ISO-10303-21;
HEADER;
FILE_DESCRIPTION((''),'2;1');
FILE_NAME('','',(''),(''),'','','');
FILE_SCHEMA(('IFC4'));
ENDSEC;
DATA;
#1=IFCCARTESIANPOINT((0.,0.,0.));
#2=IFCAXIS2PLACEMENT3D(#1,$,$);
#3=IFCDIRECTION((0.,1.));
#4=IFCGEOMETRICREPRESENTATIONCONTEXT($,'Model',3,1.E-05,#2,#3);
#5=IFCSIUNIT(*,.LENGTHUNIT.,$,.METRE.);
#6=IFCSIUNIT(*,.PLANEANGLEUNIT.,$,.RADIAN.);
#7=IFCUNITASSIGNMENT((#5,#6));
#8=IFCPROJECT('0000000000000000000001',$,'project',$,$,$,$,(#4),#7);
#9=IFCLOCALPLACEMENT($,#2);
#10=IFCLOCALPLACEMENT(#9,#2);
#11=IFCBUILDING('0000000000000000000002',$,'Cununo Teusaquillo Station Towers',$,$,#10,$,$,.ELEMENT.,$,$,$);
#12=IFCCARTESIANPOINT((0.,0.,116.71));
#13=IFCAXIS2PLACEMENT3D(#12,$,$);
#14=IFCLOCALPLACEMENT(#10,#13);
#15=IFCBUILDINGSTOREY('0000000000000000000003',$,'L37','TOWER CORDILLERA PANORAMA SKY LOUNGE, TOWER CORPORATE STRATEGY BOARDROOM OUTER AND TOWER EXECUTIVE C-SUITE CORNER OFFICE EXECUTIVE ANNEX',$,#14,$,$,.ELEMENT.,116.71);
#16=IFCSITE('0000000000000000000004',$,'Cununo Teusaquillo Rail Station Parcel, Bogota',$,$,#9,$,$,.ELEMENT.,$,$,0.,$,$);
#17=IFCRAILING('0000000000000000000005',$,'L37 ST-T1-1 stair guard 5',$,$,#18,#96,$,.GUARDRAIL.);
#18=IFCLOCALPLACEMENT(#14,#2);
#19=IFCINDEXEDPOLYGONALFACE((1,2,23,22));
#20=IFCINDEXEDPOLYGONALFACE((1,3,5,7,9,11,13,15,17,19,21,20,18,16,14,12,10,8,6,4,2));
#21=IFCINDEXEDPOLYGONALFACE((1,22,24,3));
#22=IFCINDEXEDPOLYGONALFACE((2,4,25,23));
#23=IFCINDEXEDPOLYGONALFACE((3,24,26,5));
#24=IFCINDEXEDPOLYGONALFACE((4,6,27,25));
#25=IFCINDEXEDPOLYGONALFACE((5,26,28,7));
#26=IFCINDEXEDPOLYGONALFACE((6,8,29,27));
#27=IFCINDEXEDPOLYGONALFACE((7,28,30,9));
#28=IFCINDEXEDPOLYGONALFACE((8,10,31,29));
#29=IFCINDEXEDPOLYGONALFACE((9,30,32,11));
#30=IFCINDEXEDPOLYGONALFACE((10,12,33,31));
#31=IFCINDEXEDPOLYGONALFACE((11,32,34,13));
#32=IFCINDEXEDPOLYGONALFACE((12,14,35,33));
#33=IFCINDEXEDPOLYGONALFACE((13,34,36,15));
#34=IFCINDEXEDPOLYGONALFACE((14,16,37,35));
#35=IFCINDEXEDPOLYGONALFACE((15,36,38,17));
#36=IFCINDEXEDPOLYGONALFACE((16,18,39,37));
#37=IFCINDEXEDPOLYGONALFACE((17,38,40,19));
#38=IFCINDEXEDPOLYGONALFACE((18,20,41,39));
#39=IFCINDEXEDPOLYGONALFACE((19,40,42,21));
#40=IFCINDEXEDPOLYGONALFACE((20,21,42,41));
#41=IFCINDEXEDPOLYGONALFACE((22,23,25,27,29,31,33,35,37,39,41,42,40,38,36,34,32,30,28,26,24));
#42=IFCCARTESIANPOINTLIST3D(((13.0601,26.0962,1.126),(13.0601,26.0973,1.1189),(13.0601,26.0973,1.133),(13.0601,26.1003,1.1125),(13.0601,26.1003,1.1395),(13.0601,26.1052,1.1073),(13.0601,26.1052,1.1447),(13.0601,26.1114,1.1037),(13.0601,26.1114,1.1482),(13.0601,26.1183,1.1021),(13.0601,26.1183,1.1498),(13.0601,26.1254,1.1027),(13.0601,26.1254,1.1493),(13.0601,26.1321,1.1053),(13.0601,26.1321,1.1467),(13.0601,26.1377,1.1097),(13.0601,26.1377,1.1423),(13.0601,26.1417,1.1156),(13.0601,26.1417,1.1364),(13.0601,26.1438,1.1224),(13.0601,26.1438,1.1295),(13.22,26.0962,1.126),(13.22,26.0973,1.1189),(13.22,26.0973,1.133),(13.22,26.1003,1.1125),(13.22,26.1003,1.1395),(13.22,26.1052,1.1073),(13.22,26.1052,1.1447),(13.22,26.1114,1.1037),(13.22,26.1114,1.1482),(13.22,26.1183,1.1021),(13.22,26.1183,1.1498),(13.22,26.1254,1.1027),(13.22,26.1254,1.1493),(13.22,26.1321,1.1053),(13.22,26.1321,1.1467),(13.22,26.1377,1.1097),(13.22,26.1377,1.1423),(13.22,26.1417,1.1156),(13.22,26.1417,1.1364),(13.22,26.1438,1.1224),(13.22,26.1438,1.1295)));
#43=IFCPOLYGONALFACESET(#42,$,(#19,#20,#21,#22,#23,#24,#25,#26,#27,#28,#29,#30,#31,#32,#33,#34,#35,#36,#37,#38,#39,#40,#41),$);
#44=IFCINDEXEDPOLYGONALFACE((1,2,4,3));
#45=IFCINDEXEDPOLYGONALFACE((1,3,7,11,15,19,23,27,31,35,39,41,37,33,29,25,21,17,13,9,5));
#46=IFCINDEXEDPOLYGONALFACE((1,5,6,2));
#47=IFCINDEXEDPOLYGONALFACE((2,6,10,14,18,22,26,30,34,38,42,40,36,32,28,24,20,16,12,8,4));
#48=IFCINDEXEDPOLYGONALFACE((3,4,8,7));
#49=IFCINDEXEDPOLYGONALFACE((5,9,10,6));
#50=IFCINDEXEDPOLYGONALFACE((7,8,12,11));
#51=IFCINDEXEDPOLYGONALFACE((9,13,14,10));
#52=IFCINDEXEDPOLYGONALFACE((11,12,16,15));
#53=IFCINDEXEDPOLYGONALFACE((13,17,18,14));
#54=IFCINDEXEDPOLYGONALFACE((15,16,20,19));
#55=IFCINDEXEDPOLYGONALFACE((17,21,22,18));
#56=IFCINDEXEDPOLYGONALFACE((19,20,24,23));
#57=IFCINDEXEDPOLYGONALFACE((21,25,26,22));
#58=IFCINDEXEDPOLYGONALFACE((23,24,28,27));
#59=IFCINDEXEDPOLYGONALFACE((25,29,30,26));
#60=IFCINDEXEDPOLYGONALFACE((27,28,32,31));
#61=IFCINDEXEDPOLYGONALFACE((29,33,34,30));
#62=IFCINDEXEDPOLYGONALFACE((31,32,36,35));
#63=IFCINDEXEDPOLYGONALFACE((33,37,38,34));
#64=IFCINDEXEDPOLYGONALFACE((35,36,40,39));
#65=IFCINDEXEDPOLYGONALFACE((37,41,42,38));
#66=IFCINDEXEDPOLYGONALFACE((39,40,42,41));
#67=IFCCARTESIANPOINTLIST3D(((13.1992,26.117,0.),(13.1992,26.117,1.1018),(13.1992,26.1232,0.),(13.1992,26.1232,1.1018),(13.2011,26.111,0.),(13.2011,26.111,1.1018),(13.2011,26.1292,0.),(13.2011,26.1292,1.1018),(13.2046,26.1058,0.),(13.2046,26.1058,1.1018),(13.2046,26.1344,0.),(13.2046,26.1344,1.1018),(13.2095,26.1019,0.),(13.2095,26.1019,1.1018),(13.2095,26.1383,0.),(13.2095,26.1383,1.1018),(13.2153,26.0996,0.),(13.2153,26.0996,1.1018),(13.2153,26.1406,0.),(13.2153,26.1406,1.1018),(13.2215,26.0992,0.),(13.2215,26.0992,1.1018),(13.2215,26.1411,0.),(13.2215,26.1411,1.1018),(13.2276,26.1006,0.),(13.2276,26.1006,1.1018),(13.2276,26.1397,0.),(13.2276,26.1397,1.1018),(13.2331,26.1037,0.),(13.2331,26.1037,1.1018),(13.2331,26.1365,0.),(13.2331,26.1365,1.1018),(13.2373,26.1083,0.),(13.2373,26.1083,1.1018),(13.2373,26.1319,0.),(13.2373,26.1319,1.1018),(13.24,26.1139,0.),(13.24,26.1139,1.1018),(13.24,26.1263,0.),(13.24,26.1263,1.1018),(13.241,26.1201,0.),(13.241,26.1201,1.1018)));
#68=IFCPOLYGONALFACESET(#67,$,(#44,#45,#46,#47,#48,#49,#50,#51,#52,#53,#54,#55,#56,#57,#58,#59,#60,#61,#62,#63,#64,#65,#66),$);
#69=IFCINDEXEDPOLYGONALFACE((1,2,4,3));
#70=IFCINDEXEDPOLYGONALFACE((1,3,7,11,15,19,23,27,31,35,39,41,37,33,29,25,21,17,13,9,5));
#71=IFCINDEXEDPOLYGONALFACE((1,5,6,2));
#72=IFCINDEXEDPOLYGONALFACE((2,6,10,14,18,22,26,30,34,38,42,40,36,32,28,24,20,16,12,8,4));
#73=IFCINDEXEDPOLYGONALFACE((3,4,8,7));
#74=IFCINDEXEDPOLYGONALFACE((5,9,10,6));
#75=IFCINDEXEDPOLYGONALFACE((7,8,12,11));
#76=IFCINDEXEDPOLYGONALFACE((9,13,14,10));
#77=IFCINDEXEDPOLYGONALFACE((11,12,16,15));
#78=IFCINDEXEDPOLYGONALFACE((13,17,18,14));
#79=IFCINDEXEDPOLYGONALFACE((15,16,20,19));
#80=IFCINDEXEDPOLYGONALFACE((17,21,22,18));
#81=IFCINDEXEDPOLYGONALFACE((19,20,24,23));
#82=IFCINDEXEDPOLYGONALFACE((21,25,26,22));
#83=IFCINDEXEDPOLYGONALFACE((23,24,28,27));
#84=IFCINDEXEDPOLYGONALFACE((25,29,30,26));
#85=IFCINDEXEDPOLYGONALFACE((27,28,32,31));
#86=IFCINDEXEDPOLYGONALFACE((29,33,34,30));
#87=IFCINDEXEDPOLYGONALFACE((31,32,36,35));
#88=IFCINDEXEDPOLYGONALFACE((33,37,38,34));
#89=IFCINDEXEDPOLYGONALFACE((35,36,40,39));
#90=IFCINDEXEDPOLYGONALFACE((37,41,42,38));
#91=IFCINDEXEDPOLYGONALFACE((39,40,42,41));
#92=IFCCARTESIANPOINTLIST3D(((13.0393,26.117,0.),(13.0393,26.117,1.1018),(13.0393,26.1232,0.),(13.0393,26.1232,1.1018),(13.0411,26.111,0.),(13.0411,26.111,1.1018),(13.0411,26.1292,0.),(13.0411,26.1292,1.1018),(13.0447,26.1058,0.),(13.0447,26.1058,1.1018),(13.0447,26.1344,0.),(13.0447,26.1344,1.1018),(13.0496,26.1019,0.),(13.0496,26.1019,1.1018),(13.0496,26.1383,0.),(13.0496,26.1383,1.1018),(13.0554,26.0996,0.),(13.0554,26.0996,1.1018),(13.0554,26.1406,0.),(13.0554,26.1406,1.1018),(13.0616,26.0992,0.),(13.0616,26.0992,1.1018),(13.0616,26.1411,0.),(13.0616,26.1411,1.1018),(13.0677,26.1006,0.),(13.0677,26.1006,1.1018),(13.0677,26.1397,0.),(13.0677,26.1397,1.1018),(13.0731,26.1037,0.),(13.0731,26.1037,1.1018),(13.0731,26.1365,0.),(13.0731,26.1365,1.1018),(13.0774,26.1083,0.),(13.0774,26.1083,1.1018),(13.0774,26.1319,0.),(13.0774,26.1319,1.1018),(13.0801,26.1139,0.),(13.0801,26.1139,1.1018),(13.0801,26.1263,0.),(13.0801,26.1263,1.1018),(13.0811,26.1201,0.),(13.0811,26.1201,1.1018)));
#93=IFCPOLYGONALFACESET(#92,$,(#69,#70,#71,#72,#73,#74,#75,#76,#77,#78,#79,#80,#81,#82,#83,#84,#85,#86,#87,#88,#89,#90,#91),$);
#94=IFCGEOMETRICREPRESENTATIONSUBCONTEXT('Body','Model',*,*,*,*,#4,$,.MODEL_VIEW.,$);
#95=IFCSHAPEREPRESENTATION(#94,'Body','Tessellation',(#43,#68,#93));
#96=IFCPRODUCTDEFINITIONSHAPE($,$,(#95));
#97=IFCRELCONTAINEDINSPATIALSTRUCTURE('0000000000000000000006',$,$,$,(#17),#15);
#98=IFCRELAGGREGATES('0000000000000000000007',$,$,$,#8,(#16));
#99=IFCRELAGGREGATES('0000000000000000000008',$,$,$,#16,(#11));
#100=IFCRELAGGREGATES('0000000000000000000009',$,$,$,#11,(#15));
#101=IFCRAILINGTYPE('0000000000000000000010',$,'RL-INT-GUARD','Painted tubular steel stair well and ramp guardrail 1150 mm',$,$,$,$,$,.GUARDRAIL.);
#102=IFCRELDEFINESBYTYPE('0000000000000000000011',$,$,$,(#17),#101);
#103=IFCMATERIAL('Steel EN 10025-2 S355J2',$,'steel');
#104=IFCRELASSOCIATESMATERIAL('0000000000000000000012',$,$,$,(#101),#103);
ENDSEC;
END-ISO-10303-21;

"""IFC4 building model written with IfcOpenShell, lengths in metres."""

from ifc_helpers import new_model, si_unit, direction, frame, origin, origin_2d, place, context, subcontext, project, spatial, circle, extrude, material, type_object, element, save


model = new_model("IFC4")

# Units and contexts
model_context = context("Model", 3, precision=1e-05, world=origin(), true_north=direction((0.0, 1.0)))
body_context = subcontext(model_context, "Body", "Model", "MODEL_VIEW")
ifc_project = project(units=[si_unit("LENGTHUNIT", "METRE"), si_unit("PLANEANGLEUNIT", "RADIAN")], contexts=[model_context])

# Site, building, storey
site_placement = place(None, origin())
site = spatial("IfcSite", under=ifc_project, at=site_placement, Name="Cununo Teusaquillo Rail Station Parcel, Bogota", CompositionType="ELEMENT", RefElevation=0.0)
building_placement = place(site_placement, origin())
building = spatial("IfcBuilding", under=site, at=building_placement, Name="Cununo Teusaquillo Station Towers", CompositionType="ELEMENT")
storey_placement = place(building_placement, frame((0.0, 0.0, 116.71)))
storey = spatial("IfcBuildingStorey", under=building, at=storey_placement, Name="L37", Description="TOWER CORDILLERA PANORAMA SKY LOUNGE, TOWER CORPORATE STRATEGY BOARDROOM OUTER AND TOWER EXECUTIVE C-SUITE CORNER OFFICE EXECUTIVE ANNEX", CompositionType="ELEMENT", Elevation=116.71)

# Railing
ifc_material_1 = material(Name="Steel EN 10025-2 S355J2", Category="steel")
railing_type_1 = type_object("IfcRailingType", Name="RL-INT-GUARD", Description="Painted tubular steel stair well and ramp guardrail 1150 mm", PredefinedType="GUARDRAIL", material=ifc_material_1)
railing_1_placement = place(storey_placement, frame((13.22, 26.1201, 0.0)))
element("IfcRailing", 1, at=railing_1_placement, inside=storey, type_object=railing_type_1, Name="L37 ST-T1-1 stair guard 5", PredefinedType="GUARDRAIL", context=body_context, shape_type="SweptSolid", body=[
    extrude(circle(Radius=0.0239, at=origin_2d()), frame((0.0, 0.0, 1.126), z_axis=(-1.0, 0.0, 0.0), x_axis=(0.0, -1.0, 0.0)), (0.0, 0.0, 1.0), 0.1599),
    extrude(circle(Radius=0.021, at=origin_2d()), origin(), (0.0, 0.0, 1.0), 1.1018),
    extrude(circle(Radius=0.021, at=origin_2d()), frame((-0.1599, 0.0, 0.0)), (0.0, 0.0, 1.0), 1.1018),
])

save(model, "model.ifc")
